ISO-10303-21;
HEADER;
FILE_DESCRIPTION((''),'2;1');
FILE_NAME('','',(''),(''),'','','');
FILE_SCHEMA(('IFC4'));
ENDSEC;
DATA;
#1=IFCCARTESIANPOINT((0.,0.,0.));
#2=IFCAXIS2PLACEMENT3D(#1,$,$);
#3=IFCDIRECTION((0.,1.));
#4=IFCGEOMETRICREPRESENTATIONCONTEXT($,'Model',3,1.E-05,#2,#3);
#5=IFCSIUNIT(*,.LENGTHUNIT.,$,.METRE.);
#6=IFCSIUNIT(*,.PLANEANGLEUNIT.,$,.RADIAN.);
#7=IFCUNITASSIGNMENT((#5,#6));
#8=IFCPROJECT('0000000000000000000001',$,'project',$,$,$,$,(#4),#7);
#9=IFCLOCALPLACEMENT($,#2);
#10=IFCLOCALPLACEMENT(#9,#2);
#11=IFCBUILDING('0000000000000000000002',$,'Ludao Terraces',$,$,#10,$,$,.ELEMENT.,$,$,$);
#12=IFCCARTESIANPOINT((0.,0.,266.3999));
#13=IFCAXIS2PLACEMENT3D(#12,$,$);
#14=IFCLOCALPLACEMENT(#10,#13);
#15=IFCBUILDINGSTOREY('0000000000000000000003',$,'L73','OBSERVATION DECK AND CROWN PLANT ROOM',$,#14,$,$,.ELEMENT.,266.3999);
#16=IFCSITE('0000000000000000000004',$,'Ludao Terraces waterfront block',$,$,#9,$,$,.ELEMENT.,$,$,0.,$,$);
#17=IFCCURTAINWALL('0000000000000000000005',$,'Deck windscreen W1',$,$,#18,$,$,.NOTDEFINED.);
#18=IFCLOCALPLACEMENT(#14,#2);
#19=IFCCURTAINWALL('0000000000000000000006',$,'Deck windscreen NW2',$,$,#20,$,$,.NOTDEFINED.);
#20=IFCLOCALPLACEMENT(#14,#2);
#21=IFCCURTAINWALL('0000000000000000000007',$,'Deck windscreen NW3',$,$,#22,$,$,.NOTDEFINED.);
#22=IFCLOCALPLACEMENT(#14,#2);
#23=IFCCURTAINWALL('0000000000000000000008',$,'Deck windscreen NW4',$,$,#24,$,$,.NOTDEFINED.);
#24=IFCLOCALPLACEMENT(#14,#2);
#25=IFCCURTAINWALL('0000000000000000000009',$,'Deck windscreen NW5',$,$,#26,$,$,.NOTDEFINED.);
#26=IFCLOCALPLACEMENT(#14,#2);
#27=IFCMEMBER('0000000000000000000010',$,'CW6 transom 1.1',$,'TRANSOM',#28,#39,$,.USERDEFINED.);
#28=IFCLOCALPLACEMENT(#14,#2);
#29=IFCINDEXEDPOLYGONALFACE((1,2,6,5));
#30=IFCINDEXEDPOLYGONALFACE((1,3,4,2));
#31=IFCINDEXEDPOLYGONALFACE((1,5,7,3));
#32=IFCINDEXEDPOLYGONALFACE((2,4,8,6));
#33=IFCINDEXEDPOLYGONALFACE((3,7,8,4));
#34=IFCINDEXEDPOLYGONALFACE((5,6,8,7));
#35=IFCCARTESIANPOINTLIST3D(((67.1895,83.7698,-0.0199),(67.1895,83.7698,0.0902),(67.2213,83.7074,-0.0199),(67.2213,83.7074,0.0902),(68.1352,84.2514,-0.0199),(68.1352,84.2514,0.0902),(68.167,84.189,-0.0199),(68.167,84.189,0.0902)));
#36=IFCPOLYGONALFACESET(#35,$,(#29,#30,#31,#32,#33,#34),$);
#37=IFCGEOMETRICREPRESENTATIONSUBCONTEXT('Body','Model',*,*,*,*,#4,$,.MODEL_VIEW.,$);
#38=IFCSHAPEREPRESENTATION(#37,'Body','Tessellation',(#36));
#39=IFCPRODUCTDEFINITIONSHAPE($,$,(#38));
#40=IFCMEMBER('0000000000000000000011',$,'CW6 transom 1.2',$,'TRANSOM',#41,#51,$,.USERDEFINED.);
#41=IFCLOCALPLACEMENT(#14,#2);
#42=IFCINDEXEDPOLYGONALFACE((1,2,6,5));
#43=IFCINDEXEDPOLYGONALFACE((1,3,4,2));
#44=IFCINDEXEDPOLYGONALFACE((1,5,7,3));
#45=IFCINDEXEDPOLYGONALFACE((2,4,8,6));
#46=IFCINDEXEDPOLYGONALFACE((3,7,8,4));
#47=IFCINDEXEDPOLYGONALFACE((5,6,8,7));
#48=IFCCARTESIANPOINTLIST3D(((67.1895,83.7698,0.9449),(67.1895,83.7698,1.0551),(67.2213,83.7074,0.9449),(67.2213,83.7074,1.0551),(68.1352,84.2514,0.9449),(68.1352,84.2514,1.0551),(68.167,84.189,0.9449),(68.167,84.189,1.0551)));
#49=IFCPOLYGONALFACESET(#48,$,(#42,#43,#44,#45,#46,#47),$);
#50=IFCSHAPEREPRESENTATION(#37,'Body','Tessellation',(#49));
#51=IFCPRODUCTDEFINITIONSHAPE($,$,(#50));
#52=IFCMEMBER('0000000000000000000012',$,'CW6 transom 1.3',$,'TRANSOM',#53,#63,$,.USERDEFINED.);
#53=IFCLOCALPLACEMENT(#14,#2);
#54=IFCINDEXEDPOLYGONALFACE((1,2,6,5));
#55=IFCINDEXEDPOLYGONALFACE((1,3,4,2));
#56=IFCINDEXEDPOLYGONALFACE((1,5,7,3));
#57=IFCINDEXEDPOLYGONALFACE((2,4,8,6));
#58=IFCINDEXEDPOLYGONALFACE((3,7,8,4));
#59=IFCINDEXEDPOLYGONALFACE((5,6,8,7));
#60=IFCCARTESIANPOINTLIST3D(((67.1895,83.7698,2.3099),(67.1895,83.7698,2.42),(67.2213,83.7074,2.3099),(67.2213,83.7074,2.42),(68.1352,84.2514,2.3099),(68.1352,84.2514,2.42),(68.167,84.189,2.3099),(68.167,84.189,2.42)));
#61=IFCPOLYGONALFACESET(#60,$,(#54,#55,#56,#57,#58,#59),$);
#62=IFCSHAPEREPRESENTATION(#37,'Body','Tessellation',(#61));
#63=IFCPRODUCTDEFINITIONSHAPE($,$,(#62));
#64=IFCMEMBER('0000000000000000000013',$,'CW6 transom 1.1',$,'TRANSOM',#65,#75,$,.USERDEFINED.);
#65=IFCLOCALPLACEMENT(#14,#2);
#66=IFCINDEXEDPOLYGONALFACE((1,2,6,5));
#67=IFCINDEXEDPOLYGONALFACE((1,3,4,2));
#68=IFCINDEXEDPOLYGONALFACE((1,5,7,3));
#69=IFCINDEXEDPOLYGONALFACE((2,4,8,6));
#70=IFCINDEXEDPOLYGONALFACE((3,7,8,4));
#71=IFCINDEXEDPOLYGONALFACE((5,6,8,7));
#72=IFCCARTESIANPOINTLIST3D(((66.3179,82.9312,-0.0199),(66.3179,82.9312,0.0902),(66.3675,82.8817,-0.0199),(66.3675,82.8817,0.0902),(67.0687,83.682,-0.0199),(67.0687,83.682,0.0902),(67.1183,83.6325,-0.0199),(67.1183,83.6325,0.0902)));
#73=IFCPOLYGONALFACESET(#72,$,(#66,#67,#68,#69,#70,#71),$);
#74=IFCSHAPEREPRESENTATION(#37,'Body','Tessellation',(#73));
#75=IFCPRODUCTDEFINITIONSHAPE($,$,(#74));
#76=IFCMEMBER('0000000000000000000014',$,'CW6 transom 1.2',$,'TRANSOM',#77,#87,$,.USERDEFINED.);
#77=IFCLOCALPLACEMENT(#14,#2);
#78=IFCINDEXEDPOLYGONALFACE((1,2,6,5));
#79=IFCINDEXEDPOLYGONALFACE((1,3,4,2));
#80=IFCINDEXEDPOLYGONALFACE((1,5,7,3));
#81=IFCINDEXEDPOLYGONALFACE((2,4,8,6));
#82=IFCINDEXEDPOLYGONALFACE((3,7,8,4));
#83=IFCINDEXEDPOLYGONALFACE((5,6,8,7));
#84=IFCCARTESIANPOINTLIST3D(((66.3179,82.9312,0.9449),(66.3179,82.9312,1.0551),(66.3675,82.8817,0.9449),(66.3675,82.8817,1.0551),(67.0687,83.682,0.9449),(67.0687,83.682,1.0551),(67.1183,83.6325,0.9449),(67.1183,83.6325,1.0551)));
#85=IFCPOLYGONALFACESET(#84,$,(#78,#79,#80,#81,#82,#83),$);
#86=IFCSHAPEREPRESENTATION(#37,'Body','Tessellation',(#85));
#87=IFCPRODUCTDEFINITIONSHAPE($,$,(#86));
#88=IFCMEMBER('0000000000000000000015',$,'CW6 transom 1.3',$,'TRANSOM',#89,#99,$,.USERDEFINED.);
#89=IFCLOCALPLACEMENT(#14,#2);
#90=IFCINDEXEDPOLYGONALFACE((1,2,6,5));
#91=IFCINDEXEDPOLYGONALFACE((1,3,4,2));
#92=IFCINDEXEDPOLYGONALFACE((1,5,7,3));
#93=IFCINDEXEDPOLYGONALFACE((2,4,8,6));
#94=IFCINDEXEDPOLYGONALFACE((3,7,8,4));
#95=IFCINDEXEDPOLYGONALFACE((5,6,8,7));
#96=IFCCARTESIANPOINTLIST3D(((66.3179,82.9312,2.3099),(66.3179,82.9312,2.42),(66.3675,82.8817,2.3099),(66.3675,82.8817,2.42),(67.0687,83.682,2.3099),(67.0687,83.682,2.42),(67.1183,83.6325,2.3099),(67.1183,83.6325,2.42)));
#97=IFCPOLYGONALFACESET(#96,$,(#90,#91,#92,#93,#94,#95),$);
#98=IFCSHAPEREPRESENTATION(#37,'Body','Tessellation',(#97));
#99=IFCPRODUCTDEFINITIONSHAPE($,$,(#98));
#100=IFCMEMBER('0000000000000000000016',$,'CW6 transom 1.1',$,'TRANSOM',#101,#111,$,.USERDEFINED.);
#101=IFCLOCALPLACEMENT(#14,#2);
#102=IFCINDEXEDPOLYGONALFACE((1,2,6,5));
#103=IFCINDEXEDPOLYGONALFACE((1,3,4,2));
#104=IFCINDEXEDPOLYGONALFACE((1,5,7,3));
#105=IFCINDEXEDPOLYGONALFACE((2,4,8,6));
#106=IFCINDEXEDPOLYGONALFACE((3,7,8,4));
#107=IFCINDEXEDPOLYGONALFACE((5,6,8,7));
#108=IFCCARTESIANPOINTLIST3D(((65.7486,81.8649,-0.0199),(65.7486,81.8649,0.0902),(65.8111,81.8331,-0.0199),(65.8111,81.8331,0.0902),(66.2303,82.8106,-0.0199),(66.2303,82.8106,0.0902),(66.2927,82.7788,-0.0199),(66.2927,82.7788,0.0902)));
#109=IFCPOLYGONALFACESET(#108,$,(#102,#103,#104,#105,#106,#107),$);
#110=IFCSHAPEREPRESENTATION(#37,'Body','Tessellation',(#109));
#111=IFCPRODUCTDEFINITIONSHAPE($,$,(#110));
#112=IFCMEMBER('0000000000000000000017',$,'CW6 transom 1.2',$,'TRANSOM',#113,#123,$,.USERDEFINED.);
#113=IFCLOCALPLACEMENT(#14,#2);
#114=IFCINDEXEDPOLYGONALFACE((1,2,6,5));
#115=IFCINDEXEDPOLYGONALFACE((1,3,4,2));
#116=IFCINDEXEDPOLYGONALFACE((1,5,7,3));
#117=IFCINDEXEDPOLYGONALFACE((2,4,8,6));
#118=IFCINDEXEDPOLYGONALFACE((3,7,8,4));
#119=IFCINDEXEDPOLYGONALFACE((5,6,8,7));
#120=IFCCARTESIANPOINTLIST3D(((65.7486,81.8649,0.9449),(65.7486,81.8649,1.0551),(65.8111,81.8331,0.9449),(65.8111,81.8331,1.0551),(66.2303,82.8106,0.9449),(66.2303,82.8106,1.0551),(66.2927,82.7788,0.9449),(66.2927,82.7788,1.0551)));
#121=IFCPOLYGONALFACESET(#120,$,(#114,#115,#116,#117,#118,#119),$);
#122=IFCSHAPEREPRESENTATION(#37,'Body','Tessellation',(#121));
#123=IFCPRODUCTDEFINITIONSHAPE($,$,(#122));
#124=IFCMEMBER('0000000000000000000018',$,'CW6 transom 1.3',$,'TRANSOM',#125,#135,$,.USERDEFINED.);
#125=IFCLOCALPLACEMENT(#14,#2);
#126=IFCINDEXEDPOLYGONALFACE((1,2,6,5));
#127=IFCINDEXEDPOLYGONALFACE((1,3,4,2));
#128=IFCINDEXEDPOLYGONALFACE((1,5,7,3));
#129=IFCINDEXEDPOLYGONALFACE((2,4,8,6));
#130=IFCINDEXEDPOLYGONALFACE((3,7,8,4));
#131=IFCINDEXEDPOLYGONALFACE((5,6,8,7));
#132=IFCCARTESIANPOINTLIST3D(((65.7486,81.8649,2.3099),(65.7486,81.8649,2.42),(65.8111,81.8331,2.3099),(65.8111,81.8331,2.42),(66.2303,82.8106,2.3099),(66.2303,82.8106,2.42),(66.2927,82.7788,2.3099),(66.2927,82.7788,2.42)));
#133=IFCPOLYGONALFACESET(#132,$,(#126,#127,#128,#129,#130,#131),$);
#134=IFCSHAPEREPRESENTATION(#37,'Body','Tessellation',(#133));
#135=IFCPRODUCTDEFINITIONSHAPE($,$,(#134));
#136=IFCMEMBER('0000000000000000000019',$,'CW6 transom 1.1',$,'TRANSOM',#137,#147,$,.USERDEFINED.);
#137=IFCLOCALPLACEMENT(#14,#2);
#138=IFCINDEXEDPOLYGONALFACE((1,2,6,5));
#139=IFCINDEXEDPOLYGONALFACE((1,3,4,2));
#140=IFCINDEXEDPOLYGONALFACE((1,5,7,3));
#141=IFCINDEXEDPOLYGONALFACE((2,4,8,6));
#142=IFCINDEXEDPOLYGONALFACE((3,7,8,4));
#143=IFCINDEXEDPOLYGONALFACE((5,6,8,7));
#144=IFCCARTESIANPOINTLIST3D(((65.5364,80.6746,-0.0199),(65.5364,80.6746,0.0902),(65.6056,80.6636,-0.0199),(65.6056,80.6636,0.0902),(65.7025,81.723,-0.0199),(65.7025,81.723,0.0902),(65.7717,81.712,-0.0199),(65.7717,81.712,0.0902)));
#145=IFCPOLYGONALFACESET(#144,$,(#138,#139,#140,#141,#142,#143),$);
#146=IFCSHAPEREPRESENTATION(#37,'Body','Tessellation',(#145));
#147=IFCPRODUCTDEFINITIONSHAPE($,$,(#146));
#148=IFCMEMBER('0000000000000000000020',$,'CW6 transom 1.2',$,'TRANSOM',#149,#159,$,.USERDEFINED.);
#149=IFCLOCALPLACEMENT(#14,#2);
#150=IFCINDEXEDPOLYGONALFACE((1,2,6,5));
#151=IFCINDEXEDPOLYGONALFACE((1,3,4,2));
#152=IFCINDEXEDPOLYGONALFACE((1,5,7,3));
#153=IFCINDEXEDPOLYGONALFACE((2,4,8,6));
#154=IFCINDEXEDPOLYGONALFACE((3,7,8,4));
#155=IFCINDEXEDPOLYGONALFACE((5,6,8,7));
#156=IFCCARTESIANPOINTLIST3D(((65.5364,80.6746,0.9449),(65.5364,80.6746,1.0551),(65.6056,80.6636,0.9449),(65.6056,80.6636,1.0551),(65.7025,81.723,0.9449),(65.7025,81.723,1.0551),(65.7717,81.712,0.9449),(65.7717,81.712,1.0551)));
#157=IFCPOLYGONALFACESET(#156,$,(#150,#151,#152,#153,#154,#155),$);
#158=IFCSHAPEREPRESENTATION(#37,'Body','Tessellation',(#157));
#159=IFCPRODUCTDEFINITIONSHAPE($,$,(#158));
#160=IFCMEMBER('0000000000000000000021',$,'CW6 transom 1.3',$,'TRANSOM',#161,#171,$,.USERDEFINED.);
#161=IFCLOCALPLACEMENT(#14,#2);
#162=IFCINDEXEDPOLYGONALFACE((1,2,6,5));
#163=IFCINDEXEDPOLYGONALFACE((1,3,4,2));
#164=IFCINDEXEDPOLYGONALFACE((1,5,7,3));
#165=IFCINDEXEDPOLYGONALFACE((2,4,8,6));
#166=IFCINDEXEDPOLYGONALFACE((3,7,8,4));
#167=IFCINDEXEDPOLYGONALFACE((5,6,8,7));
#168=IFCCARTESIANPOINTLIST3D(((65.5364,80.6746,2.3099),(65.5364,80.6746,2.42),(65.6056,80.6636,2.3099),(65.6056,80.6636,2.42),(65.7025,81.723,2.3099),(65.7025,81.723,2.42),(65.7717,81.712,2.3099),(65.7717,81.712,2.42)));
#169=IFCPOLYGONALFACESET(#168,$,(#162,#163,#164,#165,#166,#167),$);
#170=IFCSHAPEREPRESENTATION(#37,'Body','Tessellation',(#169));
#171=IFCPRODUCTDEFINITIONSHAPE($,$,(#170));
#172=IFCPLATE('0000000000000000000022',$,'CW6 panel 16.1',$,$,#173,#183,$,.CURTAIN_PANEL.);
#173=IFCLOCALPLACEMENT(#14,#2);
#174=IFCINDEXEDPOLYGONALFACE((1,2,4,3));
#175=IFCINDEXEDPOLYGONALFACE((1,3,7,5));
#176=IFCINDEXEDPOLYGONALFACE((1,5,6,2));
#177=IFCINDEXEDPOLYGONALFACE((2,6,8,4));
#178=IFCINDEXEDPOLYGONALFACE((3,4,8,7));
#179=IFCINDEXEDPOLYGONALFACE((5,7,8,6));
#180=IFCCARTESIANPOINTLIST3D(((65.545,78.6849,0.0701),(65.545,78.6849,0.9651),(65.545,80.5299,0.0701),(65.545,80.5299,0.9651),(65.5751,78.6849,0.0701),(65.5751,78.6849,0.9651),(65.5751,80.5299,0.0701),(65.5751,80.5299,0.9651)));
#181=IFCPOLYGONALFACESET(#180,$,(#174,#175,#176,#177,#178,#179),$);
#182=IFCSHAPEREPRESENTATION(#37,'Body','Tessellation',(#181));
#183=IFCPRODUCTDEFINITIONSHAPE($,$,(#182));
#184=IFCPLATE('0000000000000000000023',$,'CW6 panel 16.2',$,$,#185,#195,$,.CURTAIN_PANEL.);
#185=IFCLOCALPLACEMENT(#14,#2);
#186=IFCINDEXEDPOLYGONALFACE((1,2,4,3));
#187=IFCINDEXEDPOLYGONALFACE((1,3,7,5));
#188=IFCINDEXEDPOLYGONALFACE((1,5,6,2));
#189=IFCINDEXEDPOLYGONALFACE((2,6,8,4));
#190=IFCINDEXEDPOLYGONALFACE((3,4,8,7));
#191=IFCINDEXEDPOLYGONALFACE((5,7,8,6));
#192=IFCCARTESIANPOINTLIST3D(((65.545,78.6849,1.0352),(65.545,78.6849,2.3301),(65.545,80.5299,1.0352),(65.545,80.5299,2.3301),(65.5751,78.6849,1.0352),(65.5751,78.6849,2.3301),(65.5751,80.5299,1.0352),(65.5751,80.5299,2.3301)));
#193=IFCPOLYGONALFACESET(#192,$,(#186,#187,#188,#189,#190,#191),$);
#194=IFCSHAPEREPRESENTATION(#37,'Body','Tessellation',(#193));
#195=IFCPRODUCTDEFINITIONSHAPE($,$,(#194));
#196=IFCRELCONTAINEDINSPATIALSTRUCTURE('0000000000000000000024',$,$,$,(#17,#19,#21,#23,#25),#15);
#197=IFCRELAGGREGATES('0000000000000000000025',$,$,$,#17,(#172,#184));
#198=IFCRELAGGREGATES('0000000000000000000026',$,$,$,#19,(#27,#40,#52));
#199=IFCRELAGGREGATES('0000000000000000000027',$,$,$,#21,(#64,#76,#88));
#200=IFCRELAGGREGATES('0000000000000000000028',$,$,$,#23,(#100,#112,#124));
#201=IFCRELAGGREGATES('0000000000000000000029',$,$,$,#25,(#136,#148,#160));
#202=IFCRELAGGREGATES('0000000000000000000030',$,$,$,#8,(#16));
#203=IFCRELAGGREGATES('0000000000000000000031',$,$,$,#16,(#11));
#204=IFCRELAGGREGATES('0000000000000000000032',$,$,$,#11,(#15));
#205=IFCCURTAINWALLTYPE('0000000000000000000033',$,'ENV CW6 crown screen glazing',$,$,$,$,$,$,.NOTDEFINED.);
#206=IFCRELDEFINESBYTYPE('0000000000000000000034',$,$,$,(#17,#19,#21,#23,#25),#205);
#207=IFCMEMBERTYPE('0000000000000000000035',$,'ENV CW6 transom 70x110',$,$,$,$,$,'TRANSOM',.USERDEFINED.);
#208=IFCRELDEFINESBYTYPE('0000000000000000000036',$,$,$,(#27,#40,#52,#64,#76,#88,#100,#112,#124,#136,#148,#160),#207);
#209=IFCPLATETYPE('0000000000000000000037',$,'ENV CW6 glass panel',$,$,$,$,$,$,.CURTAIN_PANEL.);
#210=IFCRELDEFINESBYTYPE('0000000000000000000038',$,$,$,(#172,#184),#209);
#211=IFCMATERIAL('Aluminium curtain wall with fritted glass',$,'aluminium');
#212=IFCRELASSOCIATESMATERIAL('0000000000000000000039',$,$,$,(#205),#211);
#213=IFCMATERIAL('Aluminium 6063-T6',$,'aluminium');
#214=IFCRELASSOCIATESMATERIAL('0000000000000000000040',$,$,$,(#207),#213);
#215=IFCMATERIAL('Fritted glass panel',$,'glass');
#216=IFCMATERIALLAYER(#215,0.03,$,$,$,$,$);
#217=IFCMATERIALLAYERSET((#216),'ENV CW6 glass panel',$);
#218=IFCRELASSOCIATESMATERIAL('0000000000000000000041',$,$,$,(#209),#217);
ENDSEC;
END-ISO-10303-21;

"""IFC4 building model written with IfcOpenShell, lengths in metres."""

from ifc_helpers import new_model, si_unit, direction, frame, origin, origin_2d, place, context, subcontext, project, spatial, rectangle, extrude, material, layer, layer_set, material_profile, profile_set, type_object, element, aggregate, save


model = new_model("IFC4")

# Units and contexts
model_context = context("Model", 3, precision=1e-05, world=origin(), true_north=direction((0.0, 1.0)))
body_context = subcontext(model_context, "Body", "Model", "MODEL_VIEW")
ifc_project = project(units=[si_unit("LENGTHUNIT", "METRE"), si_unit("PLANEANGLEUNIT", "RADIAN")], contexts=[model_context])

# Site, building, storey
site_placement = place(None, origin())
site = spatial("IfcSite", under=ifc_project, at=site_placement, Name="Ludao Terraces waterfront block", CompositionType="ELEMENT", RefElevation=0.0)
building_placement = place(site_placement, origin())
building = spatial("IfcBuilding", under=site, at=building_placement, Name="Ludao Terraces", CompositionType="ELEMENT")
storey_placement = place(building_placement, frame((0.0, 0.0, 266.3999)))
storey = spatial("IfcBuildingStorey", under=building, at=storey_placement, Name="L73", Description="OBSERVATION DECK AND CROWN PLANT ROOM", CompositionType="ELEMENT", Elevation=266.3999)

# Curtain wall
ifc_material_1 = material(Name="Aluminium curtain wall with fritted glass", Category="aluminium")
curtain_wall_type = type_object("IfcCurtainWallType", Name="ENV CW6 crown screen glazing", PredefinedType="NOTDEFINED", material=ifc_material_1)
curtain_wall_1_placement = place(storey_placement, origin())
curtain_wall_1 = element("IfcCurtainWall", 1, at=curtain_wall_1_placement, inside=storey, type_object=curtain_wall_type, Name="Deck windscreen W1", PredefinedType="NOTDEFINED")
ifc_material_2 = material(Name="Aluminium 6063-T6", Category="aluminium")

# Curtain walls
curtain_wall_2_placement = place(storey_placement, origin())
curtain_wall_2 = element("IfcCurtainWall", 2, at=curtain_wall_2_placement, inside=storey, type_object=curtain_wall_type, Name="Deck windscreen NW2", PredefinedType="NOTDEFINED")
curtain_wall_3_placement = place(storey_placement, origin())
curtain_wall_3 = element("IfcCurtainWall", 3, at=curtain_wall_3_placement, inside=storey, type_object=curtain_wall_type, Name="Deck windscreen NW3", PredefinedType="NOTDEFINED")
curtain_wall_4_placement = place(storey_placement, origin())
curtain_wall_4 = element("IfcCurtainWall", 4, at=curtain_wall_4_placement, inside=storey, type_object=curtain_wall_type, Name="Deck windscreen NW4", PredefinedType="NOTDEFINED")
curtain_wall_5_placement = place(storey_placement, origin())
curtain_wall_5 = element("IfcCurtainWall", 5, at=curtain_wall_5_placement, inside=storey, type_object=curtain_wall_type, Name="Deck windscreen NW5", PredefinedType="NOTDEFINED")

# Members
ifc_material_profile_1 = material_profile(ifc_material_2, rectangle(XDim=0.0701, YDim=0.1101, at=origin_2d()), Name="70 X 110")
ifc_profile_set_1 = profile_set([ifc_material_profile_1], Name="Aluminium 6063-T6")
member_type_1 = type_object("IfcMemberType", Name="ENV CW6 transom 70x110", ElementType="TRANSOM", PredefinedType="USERDEFINED", material=ifc_profile_set_1)
member_1_placement = place(storey_placement, frame((68.1511, 84.2202, 0.0352), z_axis=(-0.89109, -0.453826, 0.0), x_axis=(0.453826, -0.89109, 0.0)))
member_1 = element("IfcMember", 6, at=member_1_placement, type_object=member_type_1, Name="CW6 transom 1.1", ObjectType="TRANSOM", PredefinedType="USERDEFINED", context=body_context, shape_type="SweptSolid", body=[
    extrude(rectangle(XDim=0.0701, YDim=0.1101, at=origin_2d()), origin(), (0.0, 0.0, 1.0), 1.0613),
])
member_2_placement = place(storey_placement, frame((68.1511, 84.2202, 1.0), z_axis=(-0.89109, -0.453826, 0.0), x_axis=(0.453826, -0.89109, 0.0)))
member_2 = element("IfcMember", 7, at=member_2_placement, type_object=member_type_1, Name="CW6 transom 1.2", ObjectType="TRANSOM", PredefinedType="USERDEFINED", context=body_context, shape_type="SweptSolid", body=[
    extrude(rectangle(XDim=0.0701, YDim=0.1101, at=origin_2d()), origin(), (0.0, 0.0, 1.0), 1.0613),
])
member_3_placement = place(storey_placement, frame((68.1511, 84.2202, 2.365), z_axis=(-0.89109, -0.453826, 0.0), x_axis=(0.453826, -0.89109, 0.0)))
member_3 = element("IfcMember", 8, at=member_3_placement, type_object=member_type_1, Name="CW6 transom 1.3", ObjectType="TRANSOM", PredefinedType="USERDEFINED", context=body_context, shape_type="SweptSolid", body=[
    extrude(rectangle(XDim=0.0701, YDim=0.1101, at=origin_2d()), origin(), (0.0, 0.0, 1.0), 1.0613),
])
member_4_placement = place(storey_placement, frame((67.0935, 83.6572, 0.0352), z_axis=(-0.707107, -0.707107, 0.0), x_axis=(0.707107, -0.707107, 0.0)))
member_4 = element("IfcMember", 9, at=member_4_placement, type_object=member_type_1, Name="CW6 transom 1.1", ObjectType="TRANSOM", PredefinedType="USERDEFINED", context=body_context, shape_type="SweptSolid", body=[
    extrude(rectangle(XDim=0.0701, YDim=0.1101, at=origin_2d()), origin(), (0.0, 0.0, 1.0), 1.0618),
])
member_5_placement = place(storey_placement, frame((67.0935, 83.6572, 1.0), z_axis=(-0.707107, -0.707107, 0.0), x_axis=(0.707107, -0.707107, 0.0)))
member_5 = element("IfcMember", 10, at=member_5_placement, type_object=member_type_1, Name="CW6 transom 1.2", ObjectType="TRANSOM", PredefinedType="USERDEFINED", context=body_context, shape_type="SweptSolid", body=[
    extrude(rectangle(XDim=0.0701, YDim=0.1101, at=origin_2d()), origin(), (0.0, 0.0, 1.0), 1.0618),
])
member_6_placement = place(storey_placement, frame((67.0935, 83.6572, 2.365), z_axis=(-0.707107, -0.707107, 0.0), x_axis=(0.707107, -0.707107, 0.0)))
member_6 = element("IfcMember", 11, at=member_6_placement, type_object=member_type_1, Name="CW6 transom 1.3", ObjectType="TRANSOM", PredefinedType="USERDEFINED", context=body_context, shape_type="SweptSolid", body=[
    extrude(rectangle(XDim=0.0701, YDim=0.1101, at=origin_2d()), origin(), (0.0, 0.0, 1.0), 1.0618),
])
member_7_placement = place(storey_placement, frame((66.2615, 82.7947, 0.0352), z_axis=(-0.453826, -0.89109, 0.0), x_axis=(0.89109, -0.453826, 0.0)))
member_7 = element("IfcMember", 12, at=member_7_placement, type_object=member_type_1, Name="CW6 transom 1.1", ObjectType="TRANSOM", PredefinedType="USERDEFINED", context=body_context, shape_type="SweptSolid", body=[
    extrude(rectangle(XDim=0.0701, YDim=0.1101, at=origin_2d()), origin(), (0.0, 0.0, 1.0), 1.0613),
])
member_8_placement = place(storey_placement, frame((66.2615, 82.7947, 1.0), z_axis=(-0.453826, -0.89109, 0.0), x_axis=(0.89109, -0.453826, 0.0)))
member_8 = element("IfcMember", 13, at=member_8_placement, type_object=member_type_1, Name="CW6 transom 1.2", ObjectType="TRANSOM", PredefinedType="USERDEFINED", context=body_context, shape_type="SweptSolid", body=[
    extrude(rectangle(XDim=0.0701, YDim=0.1101, at=origin_2d()), origin(), (0.0, 0.0, 1.0), 1.0613),
])
member_9_placement = place(storey_placement, frame((66.2615, 82.7947, 2.365), z_axis=(-0.453826, -0.89109, 0.0), x_axis=(0.89109, -0.453826, 0.0)))
member_9 = element("IfcMember", 14, at=member_9_placement, type_object=member_type_1, Name="CW6 transom 1.3", ObjectType="TRANSOM", PredefinedType="USERDEFINED", context=body_context, shape_type="SweptSolid", body=[
    extrude(rectangle(XDim=0.0701, YDim=0.1101, at=origin_2d()), origin(), (0.0, 0.0, 1.0), 1.0613),
])
member_10_placement = place(storey_placement, frame((65.7371, 81.7175, 0.0352), z_axis=(-0.156411, -0.987692, 0.0), x_axis=(0.987692, -0.156411, 0.0)))
member_10 = element("IfcMember", 15, at=member_10_placement, type_object=member_type_1, Name="CW6 transom 1.1", ObjectType="TRANSOM", PredefinedType="USERDEFINED", context=body_context, shape_type="SweptSolid", body=[
    extrude(rectangle(XDim=0.0701, YDim=0.1101, at=origin_2d()), origin(), (0.0, 0.0, 1.0), 1.0615),
])
member_11_placement = place(storey_placement, frame((65.7371, 81.7175, 1.0), z_axis=(-0.156411, -0.987692, 0.0), x_axis=(0.987692, -0.156411, 0.0)))
member_11 = element("IfcMember", 16, at=member_11_placement, type_object=member_type_1, Name="CW6 transom 1.2", ObjectType="TRANSOM", PredefinedType="USERDEFINED", context=body_context, shape_type="SweptSolid", body=[
    extrude(rectangle(XDim=0.0701, YDim=0.1101, at=origin_2d()), origin(), (0.0, 0.0, 1.0), 1.0615),
])
member_12_placement = place(storey_placement, frame((65.7371, 81.7175, 2.365), z_axis=(-0.156411, -0.987692, 0.0), x_axis=(0.987692, -0.156411, 0.0)))
member_12 = element("IfcMember", 17, at=member_12_placement, type_object=member_type_1, Name="CW6 transom 1.3", ObjectType="TRANSOM", PredefinedType="USERDEFINED", context=body_context, shape_type="SweptSolid", body=[
    extrude(rectangle(XDim=0.0701, YDim=0.1101, at=origin_2d()), origin(), (0.0, 0.0, 1.0), 1.0615),
])

# Plates
ifc_material_3 = material(Name="Fritted glass panel", Category="glass")
ifc_layer = layer(ifc_material_3, 0.03)
ifc_layer_set = layer_set([ifc_layer], Name="ENV CW6 glass panel")
plate_type = type_object("IfcPlateType", Name="ENV CW6 glass panel", PredefinedType="CURTAIN_PANEL", material=ifc_layer_set)
plate_1_placement = place(storey_placement, frame((65.5601, 79.6074, 0.0701), z_axis=(0.0, 0.0, 1.0), x_axis=(0.0, 1.0, 0.0)))
plate_1 = element("IfcPlate", 18, at=plate_1_placement, type_object=plate_type, Name="CW6 panel 16.1", PredefinedType="CURTAIN_PANEL", context=body_context, shape_type="SweptSolid", body=[
    extrude(rectangle(XDim=1.845, YDim=0.03, at=origin_2d()), origin(), (0.0, 0.0, 1.0), 0.895),
])
plate_2_placement = place(storey_placement, frame((65.5601, 79.6074, 1.0352), z_axis=(0.0, 0.0, 1.0), x_axis=(0.0, 1.0, 0.0)))
plate_2 = element("IfcPlate", 19, at=plate_2_placement, type_object=plate_type, Name="CW6 panel 16.2", PredefinedType="CURTAIN_PANEL", context=body_context, shape_type="SweptSolid", body=[
    extrude(rectangle(XDim=1.845, YDim=0.03, at=origin_2d()), origin(), (0.0, 0.0, 1.0), 1.2949),
])
aggregate(curtain_wall_1, [plate_1, plate_2])
aggregate(curtain_wall_2, [member_1, member_2, member_3])
aggregate(curtain_wall_3, [member_4, member_5, member_6])
aggregate(curtain_wall_4, [member_7, member_8, member_9])
aggregate(curtain_wall_5, [member_10, member_11, member_12])

save(model, "model.ifc")
